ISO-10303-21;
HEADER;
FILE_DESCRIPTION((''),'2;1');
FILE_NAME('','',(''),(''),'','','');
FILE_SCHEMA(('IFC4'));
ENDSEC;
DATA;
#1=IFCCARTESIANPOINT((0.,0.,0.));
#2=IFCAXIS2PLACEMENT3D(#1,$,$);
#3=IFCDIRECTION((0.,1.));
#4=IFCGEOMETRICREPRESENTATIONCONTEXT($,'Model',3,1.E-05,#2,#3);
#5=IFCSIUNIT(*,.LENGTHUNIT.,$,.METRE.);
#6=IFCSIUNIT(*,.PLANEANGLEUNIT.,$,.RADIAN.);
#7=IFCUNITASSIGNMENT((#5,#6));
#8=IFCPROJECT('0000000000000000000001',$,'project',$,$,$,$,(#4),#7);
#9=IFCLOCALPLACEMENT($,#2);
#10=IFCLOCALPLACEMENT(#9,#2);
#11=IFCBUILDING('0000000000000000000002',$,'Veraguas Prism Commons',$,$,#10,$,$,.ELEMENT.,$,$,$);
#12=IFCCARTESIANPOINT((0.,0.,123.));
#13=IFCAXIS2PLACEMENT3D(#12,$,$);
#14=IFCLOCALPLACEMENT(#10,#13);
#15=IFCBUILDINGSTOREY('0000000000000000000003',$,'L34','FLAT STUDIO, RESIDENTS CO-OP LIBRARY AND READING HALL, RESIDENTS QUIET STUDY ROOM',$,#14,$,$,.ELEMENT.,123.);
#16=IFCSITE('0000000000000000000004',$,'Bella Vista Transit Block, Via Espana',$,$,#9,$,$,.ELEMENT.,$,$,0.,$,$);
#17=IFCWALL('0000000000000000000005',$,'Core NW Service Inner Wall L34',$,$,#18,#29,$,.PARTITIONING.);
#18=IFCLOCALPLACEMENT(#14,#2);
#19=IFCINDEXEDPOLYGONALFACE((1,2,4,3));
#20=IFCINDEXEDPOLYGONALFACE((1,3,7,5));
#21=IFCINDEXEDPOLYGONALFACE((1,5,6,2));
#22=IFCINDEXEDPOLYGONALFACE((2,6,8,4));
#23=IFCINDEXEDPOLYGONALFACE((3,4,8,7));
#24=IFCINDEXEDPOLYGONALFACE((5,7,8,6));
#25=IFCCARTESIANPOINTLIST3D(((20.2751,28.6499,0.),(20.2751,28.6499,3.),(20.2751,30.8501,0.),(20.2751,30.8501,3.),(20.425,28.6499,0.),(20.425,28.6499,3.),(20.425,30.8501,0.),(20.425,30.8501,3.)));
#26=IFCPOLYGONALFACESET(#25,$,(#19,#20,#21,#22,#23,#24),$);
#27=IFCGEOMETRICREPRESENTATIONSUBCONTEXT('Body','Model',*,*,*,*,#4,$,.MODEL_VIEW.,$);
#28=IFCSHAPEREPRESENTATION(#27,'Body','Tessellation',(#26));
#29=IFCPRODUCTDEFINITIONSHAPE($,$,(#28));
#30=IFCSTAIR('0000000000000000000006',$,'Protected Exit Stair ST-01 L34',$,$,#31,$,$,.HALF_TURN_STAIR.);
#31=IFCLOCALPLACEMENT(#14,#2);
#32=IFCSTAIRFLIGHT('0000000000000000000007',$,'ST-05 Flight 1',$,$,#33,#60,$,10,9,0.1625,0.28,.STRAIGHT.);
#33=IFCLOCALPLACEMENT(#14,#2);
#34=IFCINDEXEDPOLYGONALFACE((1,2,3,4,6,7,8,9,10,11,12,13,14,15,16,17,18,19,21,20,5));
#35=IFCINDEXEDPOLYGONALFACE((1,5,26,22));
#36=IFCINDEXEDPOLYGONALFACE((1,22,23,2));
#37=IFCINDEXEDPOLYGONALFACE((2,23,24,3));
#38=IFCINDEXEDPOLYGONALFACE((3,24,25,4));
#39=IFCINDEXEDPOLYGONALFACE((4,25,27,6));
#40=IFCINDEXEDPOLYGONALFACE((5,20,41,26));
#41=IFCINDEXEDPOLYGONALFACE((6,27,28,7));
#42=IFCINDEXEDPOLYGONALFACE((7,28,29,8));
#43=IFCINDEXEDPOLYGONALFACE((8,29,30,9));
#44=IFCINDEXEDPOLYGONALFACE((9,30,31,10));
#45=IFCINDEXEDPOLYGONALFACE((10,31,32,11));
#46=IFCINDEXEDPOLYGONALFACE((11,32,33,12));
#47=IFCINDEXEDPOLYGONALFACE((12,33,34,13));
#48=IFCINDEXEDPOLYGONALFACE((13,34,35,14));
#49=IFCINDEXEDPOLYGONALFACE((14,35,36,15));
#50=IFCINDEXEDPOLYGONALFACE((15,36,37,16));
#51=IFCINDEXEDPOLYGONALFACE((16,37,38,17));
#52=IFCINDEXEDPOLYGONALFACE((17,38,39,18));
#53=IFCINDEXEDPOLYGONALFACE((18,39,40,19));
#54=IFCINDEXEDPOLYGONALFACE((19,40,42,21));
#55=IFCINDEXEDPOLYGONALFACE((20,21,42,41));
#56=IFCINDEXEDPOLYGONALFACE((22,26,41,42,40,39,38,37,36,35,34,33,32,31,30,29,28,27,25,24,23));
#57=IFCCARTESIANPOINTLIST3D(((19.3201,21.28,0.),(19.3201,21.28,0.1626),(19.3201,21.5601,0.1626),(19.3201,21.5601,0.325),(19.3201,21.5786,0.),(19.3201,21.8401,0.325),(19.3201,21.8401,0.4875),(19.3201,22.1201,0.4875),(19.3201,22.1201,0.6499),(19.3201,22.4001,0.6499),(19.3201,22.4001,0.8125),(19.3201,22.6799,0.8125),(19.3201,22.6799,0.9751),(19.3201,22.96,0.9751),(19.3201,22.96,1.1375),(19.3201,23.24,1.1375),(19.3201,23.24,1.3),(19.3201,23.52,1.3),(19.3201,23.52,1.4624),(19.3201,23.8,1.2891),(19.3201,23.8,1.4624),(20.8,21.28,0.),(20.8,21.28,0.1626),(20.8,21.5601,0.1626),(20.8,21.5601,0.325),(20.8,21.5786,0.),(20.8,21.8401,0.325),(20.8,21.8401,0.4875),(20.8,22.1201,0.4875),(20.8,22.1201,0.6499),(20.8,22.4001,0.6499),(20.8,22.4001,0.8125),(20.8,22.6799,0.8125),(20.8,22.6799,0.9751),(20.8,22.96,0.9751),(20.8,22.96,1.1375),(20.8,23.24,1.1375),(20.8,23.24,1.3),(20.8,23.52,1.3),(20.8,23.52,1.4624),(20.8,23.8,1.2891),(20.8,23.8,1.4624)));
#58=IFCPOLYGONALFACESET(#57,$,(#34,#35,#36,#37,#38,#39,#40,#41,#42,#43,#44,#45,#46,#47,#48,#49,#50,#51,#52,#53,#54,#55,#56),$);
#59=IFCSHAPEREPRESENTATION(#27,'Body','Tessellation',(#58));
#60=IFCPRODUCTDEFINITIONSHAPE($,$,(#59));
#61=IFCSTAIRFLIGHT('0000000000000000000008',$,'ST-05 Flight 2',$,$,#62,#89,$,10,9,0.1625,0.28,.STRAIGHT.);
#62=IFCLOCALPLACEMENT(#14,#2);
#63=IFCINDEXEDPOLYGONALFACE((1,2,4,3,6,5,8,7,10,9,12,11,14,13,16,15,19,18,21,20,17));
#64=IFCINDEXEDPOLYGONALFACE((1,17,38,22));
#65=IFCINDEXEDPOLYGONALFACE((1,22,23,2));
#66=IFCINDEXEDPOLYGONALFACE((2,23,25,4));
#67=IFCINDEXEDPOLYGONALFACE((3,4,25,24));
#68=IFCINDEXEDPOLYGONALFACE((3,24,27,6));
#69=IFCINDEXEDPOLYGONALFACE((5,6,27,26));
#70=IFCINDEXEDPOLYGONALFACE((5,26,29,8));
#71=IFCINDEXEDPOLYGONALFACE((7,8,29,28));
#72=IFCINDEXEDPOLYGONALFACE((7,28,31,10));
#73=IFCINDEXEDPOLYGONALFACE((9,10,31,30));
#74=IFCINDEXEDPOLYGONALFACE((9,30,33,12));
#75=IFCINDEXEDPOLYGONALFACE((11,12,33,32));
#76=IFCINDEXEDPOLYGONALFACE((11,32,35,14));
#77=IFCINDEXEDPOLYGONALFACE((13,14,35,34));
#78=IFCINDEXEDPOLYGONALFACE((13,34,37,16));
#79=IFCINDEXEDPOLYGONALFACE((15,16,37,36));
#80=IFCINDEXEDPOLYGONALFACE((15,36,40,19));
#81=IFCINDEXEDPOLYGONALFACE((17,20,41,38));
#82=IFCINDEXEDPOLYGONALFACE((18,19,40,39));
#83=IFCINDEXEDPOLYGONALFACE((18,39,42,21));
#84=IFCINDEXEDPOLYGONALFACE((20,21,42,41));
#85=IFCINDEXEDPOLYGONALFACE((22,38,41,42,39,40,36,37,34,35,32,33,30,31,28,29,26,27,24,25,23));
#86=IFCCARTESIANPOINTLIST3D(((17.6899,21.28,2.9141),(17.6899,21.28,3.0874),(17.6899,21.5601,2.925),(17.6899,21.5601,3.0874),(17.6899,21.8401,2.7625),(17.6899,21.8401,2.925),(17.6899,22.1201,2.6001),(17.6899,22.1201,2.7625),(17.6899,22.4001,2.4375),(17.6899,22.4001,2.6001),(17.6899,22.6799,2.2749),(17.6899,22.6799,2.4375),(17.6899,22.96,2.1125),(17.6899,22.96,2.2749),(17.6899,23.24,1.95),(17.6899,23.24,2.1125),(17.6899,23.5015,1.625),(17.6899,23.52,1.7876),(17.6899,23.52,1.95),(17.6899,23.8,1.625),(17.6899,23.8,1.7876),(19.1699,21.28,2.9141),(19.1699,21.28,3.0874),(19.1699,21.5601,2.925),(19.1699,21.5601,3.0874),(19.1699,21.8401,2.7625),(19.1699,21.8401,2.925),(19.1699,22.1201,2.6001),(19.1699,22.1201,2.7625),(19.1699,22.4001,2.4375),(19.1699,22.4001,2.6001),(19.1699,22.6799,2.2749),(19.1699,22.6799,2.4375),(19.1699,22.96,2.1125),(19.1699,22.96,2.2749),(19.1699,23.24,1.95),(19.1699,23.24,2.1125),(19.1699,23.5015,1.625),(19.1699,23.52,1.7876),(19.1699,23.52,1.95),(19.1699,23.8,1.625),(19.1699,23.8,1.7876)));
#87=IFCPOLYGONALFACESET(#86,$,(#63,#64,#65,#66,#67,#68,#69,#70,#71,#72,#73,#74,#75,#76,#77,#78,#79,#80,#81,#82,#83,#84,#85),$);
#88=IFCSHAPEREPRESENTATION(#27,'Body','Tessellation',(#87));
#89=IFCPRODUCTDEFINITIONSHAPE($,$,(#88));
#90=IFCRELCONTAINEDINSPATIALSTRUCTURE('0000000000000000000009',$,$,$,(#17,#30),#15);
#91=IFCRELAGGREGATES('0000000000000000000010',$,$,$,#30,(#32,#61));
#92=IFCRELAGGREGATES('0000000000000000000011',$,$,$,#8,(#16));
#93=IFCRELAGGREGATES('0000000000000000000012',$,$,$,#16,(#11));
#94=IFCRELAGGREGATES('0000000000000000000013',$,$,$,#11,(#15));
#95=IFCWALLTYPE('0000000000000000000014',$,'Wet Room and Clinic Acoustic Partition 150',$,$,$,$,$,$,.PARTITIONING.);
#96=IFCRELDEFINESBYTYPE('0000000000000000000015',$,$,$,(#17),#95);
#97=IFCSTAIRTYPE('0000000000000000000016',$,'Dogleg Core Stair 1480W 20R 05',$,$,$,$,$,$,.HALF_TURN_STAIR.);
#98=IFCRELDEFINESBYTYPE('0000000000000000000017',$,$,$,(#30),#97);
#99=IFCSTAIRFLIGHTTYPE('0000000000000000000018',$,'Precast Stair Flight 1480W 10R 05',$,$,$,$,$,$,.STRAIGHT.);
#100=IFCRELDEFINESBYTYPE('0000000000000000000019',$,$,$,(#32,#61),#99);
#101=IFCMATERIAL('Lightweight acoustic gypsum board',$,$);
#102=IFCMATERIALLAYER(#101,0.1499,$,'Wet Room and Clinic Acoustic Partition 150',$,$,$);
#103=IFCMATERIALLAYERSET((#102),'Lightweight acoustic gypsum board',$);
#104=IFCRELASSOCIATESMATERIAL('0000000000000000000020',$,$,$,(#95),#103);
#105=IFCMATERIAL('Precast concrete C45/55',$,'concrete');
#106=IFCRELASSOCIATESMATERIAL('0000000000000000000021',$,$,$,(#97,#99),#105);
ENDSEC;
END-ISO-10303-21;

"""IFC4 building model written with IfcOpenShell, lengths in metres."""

from ifc_helpers import new_model, si_unit, direction, frame, frame_2d, origin, place, context, subcontext, project, spatial, polyline, rectangle, outline, extrude, material, layer, layer_set, type_object, element, aggregate, save


model = new_model("IFC4")

# Units and contexts
model_context = context("Model", 3, precision=1e-05, world=origin(), true_north=direction((0.0, 1.0)))
body_context = subcontext(model_context, "Body", "Model", "MODEL_VIEW")
ifc_project = project(units=[si_unit("LENGTHUNIT", "METRE"), si_unit("PLANEANGLEUNIT", "RADIAN")], contexts=[model_context])

# Site, building, storey
site_placement = place(None, origin())
site = spatial("IfcSite", under=ifc_project, at=site_placement, Name="Bella Vista Transit Block, Via Espana", CompositionType="ELEMENT", RefElevation=0.0)
building_placement = place(site_placement, origin())
building = spatial("IfcBuilding", under=site, at=building_placement, Name="Veraguas Prism Commons", CompositionType="ELEMENT")
storey_placement = place(building_placement, frame((0.0, 0.0, 123.0)))
storey = spatial("IfcBuildingStorey", under=building, at=storey_placement, Name="L34", Description="FLAT STUDIO, RESIDENTS CO-OP LIBRARY AND READING HALL, RESIDENTS QUIET STUDY ROOM", CompositionType="ELEMENT", Elevation=123.0)

# Wall
ifc_material_1 = material(Name="Lightweight acoustic gypsum board")
ifc_layer_1 = layer(ifc_material_1, 0.1499, Name="Wet Room and Clinic Acoustic Partition 150")
ifc_layer_set_1 = layer_set([ifc_layer_1], Name="Lightweight acoustic gypsum board")
wall_type_1 = type_object("IfcWallType", Name="Wet Room and Clinic Acoustic Partition 150", PredefinedType="PARTITIONING", material=ifc_layer_set_1)
wall_1_placement = place(storey_placement, frame((20.3501, 28.6499, 0.0), z_axis=(0.0, 0.0, 1.0), x_axis=(0.0, 1.0, 0.0)))
element("IfcWall", 1, at=wall_1_placement, inside=storey, type_object=wall_type_1, Name="Core NW Service Inner Wall L34", PredefinedType="PARTITIONING", context=body_context, shape_type="SweptSolid", body=[
    extrude(rectangle(XDim=2.2002, YDim=0.1499, at=frame_2d((1.1001, 0.0))), origin(), (0.0, 0.0, 1.0), 3.0),
])

# Stair, stair flights
ifc_material_2 = material(Name="Precast concrete C45/55", Category="concrete")
stair_type = type_object("IfcStairType", Name="Dogleg Core Stair 1480W 20R 05", PredefinedType="HALF_TURN_STAIR", material=ifc_material_2)
stair_placement = place(storey_placement, origin())
stair = element("IfcStair", 2, at=stair_placement, inside=storey, type_object=stair_type, Name="Protected Exit Stair ST-01 L34", PredefinedType="HALF_TURN_STAIR")
stair_flight_type = type_object("IfcStairFlightType", Name="Precast Stair Flight 1480W 10R 05", PredefinedType="STRAIGHT", material=ifc_material_2)
stair_flight_1_placement = place(storey_placement, frame((20.0601, 21.28, 0.0), z_axis=(0.0, 0.0, 1.0), x_axis=(0.0, 1.0, 0.0)))
stair_flight_1 = element("IfcStairFlight", 3, at=stair_flight_1_placement, type_object=stair_flight_type, Name="ST-05 Flight 1", NumberOfRisers=10, NumberOfTreads=9, PredefinedType="STRAIGHT", RiserHeight=0.1625, TreadLength=0.28, context=body_context, shape_type="SweptSolid", body=[
    extrude(outline(polyline([(0.0, 0.0), (0.0, 0.1626), (0.28, 0.1626), (0.28, 0.325), (0.5601, 0.325), (0.5601, 0.4875), (0.8401, 0.4875), (0.8401, 0.6499), (1.1201, 0.6499), (1.1201, 0.8125), (1.3999, 0.8125), (1.3999, 0.9751), (1.6799, 0.9751), (1.6799, 1.1375), (1.96, 1.1375), (1.96, 1.3), (2.24, 1.3), (2.24, 1.4624), (2.52, 1.4624), (2.52, 1.625), (2.52, 1.2891), (0.2986, 0.0), (0.0, 0.0)])), frame((0.0, 0.74, 0.0), z_axis=(0.0, -1.0, 0.0), x_axis=(1.0, 0.0, 0.0)), (0.0, 0.0, 1.0), 1.48),
])
stair_flight_2_placement = place(storey_placement, frame((18.4299, 23.8, 1.625), z_axis=(0.0, 0.0, 1.0), x_axis=(0.0, -1.0, 0.0)))
stair_flight_2 = element("IfcStairFlight", 4, at=stair_flight_2_placement, type_object=stair_flight_type, Name="ST-05 Flight 2", NumberOfRisers=10, NumberOfTreads=9, PredefinedType="STRAIGHT", RiserHeight=0.1625, TreadLength=0.28, context=body_context, shape_type="SweptSolid", body=[
    extrude(outline(polyline([(0.0, 0.0), (0.0, 0.1626), (0.28, 0.1626), (0.28, 0.325), (0.5601, 0.325), (0.5601, 0.4875), (0.8401, 0.4875), (0.8401, 0.6499), (1.1201, 0.6499), (1.1201, 0.8125), (1.3999, 0.8125), (1.3999, 0.9751), (1.6799, 0.9751), (1.6799, 1.1375), (1.96, 1.1375), (1.96, 1.3), (2.24, 1.3), (2.24, 1.4624), (2.52, 1.4624), (2.52, 1.625), (2.52, 1.2891), (0.2986, 0.0), (0.0, 0.0)])), frame((0.0, 0.74, 0.0), z_axis=(0.0, -1.0, 0.0), x_axis=(1.0, 0.0, 0.0)), (0.0, 0.0, 1.0), 1.48),
])
aggregate(stair, [stair_flight_1, stair_flight_2])

save(model, "model.ifc")
